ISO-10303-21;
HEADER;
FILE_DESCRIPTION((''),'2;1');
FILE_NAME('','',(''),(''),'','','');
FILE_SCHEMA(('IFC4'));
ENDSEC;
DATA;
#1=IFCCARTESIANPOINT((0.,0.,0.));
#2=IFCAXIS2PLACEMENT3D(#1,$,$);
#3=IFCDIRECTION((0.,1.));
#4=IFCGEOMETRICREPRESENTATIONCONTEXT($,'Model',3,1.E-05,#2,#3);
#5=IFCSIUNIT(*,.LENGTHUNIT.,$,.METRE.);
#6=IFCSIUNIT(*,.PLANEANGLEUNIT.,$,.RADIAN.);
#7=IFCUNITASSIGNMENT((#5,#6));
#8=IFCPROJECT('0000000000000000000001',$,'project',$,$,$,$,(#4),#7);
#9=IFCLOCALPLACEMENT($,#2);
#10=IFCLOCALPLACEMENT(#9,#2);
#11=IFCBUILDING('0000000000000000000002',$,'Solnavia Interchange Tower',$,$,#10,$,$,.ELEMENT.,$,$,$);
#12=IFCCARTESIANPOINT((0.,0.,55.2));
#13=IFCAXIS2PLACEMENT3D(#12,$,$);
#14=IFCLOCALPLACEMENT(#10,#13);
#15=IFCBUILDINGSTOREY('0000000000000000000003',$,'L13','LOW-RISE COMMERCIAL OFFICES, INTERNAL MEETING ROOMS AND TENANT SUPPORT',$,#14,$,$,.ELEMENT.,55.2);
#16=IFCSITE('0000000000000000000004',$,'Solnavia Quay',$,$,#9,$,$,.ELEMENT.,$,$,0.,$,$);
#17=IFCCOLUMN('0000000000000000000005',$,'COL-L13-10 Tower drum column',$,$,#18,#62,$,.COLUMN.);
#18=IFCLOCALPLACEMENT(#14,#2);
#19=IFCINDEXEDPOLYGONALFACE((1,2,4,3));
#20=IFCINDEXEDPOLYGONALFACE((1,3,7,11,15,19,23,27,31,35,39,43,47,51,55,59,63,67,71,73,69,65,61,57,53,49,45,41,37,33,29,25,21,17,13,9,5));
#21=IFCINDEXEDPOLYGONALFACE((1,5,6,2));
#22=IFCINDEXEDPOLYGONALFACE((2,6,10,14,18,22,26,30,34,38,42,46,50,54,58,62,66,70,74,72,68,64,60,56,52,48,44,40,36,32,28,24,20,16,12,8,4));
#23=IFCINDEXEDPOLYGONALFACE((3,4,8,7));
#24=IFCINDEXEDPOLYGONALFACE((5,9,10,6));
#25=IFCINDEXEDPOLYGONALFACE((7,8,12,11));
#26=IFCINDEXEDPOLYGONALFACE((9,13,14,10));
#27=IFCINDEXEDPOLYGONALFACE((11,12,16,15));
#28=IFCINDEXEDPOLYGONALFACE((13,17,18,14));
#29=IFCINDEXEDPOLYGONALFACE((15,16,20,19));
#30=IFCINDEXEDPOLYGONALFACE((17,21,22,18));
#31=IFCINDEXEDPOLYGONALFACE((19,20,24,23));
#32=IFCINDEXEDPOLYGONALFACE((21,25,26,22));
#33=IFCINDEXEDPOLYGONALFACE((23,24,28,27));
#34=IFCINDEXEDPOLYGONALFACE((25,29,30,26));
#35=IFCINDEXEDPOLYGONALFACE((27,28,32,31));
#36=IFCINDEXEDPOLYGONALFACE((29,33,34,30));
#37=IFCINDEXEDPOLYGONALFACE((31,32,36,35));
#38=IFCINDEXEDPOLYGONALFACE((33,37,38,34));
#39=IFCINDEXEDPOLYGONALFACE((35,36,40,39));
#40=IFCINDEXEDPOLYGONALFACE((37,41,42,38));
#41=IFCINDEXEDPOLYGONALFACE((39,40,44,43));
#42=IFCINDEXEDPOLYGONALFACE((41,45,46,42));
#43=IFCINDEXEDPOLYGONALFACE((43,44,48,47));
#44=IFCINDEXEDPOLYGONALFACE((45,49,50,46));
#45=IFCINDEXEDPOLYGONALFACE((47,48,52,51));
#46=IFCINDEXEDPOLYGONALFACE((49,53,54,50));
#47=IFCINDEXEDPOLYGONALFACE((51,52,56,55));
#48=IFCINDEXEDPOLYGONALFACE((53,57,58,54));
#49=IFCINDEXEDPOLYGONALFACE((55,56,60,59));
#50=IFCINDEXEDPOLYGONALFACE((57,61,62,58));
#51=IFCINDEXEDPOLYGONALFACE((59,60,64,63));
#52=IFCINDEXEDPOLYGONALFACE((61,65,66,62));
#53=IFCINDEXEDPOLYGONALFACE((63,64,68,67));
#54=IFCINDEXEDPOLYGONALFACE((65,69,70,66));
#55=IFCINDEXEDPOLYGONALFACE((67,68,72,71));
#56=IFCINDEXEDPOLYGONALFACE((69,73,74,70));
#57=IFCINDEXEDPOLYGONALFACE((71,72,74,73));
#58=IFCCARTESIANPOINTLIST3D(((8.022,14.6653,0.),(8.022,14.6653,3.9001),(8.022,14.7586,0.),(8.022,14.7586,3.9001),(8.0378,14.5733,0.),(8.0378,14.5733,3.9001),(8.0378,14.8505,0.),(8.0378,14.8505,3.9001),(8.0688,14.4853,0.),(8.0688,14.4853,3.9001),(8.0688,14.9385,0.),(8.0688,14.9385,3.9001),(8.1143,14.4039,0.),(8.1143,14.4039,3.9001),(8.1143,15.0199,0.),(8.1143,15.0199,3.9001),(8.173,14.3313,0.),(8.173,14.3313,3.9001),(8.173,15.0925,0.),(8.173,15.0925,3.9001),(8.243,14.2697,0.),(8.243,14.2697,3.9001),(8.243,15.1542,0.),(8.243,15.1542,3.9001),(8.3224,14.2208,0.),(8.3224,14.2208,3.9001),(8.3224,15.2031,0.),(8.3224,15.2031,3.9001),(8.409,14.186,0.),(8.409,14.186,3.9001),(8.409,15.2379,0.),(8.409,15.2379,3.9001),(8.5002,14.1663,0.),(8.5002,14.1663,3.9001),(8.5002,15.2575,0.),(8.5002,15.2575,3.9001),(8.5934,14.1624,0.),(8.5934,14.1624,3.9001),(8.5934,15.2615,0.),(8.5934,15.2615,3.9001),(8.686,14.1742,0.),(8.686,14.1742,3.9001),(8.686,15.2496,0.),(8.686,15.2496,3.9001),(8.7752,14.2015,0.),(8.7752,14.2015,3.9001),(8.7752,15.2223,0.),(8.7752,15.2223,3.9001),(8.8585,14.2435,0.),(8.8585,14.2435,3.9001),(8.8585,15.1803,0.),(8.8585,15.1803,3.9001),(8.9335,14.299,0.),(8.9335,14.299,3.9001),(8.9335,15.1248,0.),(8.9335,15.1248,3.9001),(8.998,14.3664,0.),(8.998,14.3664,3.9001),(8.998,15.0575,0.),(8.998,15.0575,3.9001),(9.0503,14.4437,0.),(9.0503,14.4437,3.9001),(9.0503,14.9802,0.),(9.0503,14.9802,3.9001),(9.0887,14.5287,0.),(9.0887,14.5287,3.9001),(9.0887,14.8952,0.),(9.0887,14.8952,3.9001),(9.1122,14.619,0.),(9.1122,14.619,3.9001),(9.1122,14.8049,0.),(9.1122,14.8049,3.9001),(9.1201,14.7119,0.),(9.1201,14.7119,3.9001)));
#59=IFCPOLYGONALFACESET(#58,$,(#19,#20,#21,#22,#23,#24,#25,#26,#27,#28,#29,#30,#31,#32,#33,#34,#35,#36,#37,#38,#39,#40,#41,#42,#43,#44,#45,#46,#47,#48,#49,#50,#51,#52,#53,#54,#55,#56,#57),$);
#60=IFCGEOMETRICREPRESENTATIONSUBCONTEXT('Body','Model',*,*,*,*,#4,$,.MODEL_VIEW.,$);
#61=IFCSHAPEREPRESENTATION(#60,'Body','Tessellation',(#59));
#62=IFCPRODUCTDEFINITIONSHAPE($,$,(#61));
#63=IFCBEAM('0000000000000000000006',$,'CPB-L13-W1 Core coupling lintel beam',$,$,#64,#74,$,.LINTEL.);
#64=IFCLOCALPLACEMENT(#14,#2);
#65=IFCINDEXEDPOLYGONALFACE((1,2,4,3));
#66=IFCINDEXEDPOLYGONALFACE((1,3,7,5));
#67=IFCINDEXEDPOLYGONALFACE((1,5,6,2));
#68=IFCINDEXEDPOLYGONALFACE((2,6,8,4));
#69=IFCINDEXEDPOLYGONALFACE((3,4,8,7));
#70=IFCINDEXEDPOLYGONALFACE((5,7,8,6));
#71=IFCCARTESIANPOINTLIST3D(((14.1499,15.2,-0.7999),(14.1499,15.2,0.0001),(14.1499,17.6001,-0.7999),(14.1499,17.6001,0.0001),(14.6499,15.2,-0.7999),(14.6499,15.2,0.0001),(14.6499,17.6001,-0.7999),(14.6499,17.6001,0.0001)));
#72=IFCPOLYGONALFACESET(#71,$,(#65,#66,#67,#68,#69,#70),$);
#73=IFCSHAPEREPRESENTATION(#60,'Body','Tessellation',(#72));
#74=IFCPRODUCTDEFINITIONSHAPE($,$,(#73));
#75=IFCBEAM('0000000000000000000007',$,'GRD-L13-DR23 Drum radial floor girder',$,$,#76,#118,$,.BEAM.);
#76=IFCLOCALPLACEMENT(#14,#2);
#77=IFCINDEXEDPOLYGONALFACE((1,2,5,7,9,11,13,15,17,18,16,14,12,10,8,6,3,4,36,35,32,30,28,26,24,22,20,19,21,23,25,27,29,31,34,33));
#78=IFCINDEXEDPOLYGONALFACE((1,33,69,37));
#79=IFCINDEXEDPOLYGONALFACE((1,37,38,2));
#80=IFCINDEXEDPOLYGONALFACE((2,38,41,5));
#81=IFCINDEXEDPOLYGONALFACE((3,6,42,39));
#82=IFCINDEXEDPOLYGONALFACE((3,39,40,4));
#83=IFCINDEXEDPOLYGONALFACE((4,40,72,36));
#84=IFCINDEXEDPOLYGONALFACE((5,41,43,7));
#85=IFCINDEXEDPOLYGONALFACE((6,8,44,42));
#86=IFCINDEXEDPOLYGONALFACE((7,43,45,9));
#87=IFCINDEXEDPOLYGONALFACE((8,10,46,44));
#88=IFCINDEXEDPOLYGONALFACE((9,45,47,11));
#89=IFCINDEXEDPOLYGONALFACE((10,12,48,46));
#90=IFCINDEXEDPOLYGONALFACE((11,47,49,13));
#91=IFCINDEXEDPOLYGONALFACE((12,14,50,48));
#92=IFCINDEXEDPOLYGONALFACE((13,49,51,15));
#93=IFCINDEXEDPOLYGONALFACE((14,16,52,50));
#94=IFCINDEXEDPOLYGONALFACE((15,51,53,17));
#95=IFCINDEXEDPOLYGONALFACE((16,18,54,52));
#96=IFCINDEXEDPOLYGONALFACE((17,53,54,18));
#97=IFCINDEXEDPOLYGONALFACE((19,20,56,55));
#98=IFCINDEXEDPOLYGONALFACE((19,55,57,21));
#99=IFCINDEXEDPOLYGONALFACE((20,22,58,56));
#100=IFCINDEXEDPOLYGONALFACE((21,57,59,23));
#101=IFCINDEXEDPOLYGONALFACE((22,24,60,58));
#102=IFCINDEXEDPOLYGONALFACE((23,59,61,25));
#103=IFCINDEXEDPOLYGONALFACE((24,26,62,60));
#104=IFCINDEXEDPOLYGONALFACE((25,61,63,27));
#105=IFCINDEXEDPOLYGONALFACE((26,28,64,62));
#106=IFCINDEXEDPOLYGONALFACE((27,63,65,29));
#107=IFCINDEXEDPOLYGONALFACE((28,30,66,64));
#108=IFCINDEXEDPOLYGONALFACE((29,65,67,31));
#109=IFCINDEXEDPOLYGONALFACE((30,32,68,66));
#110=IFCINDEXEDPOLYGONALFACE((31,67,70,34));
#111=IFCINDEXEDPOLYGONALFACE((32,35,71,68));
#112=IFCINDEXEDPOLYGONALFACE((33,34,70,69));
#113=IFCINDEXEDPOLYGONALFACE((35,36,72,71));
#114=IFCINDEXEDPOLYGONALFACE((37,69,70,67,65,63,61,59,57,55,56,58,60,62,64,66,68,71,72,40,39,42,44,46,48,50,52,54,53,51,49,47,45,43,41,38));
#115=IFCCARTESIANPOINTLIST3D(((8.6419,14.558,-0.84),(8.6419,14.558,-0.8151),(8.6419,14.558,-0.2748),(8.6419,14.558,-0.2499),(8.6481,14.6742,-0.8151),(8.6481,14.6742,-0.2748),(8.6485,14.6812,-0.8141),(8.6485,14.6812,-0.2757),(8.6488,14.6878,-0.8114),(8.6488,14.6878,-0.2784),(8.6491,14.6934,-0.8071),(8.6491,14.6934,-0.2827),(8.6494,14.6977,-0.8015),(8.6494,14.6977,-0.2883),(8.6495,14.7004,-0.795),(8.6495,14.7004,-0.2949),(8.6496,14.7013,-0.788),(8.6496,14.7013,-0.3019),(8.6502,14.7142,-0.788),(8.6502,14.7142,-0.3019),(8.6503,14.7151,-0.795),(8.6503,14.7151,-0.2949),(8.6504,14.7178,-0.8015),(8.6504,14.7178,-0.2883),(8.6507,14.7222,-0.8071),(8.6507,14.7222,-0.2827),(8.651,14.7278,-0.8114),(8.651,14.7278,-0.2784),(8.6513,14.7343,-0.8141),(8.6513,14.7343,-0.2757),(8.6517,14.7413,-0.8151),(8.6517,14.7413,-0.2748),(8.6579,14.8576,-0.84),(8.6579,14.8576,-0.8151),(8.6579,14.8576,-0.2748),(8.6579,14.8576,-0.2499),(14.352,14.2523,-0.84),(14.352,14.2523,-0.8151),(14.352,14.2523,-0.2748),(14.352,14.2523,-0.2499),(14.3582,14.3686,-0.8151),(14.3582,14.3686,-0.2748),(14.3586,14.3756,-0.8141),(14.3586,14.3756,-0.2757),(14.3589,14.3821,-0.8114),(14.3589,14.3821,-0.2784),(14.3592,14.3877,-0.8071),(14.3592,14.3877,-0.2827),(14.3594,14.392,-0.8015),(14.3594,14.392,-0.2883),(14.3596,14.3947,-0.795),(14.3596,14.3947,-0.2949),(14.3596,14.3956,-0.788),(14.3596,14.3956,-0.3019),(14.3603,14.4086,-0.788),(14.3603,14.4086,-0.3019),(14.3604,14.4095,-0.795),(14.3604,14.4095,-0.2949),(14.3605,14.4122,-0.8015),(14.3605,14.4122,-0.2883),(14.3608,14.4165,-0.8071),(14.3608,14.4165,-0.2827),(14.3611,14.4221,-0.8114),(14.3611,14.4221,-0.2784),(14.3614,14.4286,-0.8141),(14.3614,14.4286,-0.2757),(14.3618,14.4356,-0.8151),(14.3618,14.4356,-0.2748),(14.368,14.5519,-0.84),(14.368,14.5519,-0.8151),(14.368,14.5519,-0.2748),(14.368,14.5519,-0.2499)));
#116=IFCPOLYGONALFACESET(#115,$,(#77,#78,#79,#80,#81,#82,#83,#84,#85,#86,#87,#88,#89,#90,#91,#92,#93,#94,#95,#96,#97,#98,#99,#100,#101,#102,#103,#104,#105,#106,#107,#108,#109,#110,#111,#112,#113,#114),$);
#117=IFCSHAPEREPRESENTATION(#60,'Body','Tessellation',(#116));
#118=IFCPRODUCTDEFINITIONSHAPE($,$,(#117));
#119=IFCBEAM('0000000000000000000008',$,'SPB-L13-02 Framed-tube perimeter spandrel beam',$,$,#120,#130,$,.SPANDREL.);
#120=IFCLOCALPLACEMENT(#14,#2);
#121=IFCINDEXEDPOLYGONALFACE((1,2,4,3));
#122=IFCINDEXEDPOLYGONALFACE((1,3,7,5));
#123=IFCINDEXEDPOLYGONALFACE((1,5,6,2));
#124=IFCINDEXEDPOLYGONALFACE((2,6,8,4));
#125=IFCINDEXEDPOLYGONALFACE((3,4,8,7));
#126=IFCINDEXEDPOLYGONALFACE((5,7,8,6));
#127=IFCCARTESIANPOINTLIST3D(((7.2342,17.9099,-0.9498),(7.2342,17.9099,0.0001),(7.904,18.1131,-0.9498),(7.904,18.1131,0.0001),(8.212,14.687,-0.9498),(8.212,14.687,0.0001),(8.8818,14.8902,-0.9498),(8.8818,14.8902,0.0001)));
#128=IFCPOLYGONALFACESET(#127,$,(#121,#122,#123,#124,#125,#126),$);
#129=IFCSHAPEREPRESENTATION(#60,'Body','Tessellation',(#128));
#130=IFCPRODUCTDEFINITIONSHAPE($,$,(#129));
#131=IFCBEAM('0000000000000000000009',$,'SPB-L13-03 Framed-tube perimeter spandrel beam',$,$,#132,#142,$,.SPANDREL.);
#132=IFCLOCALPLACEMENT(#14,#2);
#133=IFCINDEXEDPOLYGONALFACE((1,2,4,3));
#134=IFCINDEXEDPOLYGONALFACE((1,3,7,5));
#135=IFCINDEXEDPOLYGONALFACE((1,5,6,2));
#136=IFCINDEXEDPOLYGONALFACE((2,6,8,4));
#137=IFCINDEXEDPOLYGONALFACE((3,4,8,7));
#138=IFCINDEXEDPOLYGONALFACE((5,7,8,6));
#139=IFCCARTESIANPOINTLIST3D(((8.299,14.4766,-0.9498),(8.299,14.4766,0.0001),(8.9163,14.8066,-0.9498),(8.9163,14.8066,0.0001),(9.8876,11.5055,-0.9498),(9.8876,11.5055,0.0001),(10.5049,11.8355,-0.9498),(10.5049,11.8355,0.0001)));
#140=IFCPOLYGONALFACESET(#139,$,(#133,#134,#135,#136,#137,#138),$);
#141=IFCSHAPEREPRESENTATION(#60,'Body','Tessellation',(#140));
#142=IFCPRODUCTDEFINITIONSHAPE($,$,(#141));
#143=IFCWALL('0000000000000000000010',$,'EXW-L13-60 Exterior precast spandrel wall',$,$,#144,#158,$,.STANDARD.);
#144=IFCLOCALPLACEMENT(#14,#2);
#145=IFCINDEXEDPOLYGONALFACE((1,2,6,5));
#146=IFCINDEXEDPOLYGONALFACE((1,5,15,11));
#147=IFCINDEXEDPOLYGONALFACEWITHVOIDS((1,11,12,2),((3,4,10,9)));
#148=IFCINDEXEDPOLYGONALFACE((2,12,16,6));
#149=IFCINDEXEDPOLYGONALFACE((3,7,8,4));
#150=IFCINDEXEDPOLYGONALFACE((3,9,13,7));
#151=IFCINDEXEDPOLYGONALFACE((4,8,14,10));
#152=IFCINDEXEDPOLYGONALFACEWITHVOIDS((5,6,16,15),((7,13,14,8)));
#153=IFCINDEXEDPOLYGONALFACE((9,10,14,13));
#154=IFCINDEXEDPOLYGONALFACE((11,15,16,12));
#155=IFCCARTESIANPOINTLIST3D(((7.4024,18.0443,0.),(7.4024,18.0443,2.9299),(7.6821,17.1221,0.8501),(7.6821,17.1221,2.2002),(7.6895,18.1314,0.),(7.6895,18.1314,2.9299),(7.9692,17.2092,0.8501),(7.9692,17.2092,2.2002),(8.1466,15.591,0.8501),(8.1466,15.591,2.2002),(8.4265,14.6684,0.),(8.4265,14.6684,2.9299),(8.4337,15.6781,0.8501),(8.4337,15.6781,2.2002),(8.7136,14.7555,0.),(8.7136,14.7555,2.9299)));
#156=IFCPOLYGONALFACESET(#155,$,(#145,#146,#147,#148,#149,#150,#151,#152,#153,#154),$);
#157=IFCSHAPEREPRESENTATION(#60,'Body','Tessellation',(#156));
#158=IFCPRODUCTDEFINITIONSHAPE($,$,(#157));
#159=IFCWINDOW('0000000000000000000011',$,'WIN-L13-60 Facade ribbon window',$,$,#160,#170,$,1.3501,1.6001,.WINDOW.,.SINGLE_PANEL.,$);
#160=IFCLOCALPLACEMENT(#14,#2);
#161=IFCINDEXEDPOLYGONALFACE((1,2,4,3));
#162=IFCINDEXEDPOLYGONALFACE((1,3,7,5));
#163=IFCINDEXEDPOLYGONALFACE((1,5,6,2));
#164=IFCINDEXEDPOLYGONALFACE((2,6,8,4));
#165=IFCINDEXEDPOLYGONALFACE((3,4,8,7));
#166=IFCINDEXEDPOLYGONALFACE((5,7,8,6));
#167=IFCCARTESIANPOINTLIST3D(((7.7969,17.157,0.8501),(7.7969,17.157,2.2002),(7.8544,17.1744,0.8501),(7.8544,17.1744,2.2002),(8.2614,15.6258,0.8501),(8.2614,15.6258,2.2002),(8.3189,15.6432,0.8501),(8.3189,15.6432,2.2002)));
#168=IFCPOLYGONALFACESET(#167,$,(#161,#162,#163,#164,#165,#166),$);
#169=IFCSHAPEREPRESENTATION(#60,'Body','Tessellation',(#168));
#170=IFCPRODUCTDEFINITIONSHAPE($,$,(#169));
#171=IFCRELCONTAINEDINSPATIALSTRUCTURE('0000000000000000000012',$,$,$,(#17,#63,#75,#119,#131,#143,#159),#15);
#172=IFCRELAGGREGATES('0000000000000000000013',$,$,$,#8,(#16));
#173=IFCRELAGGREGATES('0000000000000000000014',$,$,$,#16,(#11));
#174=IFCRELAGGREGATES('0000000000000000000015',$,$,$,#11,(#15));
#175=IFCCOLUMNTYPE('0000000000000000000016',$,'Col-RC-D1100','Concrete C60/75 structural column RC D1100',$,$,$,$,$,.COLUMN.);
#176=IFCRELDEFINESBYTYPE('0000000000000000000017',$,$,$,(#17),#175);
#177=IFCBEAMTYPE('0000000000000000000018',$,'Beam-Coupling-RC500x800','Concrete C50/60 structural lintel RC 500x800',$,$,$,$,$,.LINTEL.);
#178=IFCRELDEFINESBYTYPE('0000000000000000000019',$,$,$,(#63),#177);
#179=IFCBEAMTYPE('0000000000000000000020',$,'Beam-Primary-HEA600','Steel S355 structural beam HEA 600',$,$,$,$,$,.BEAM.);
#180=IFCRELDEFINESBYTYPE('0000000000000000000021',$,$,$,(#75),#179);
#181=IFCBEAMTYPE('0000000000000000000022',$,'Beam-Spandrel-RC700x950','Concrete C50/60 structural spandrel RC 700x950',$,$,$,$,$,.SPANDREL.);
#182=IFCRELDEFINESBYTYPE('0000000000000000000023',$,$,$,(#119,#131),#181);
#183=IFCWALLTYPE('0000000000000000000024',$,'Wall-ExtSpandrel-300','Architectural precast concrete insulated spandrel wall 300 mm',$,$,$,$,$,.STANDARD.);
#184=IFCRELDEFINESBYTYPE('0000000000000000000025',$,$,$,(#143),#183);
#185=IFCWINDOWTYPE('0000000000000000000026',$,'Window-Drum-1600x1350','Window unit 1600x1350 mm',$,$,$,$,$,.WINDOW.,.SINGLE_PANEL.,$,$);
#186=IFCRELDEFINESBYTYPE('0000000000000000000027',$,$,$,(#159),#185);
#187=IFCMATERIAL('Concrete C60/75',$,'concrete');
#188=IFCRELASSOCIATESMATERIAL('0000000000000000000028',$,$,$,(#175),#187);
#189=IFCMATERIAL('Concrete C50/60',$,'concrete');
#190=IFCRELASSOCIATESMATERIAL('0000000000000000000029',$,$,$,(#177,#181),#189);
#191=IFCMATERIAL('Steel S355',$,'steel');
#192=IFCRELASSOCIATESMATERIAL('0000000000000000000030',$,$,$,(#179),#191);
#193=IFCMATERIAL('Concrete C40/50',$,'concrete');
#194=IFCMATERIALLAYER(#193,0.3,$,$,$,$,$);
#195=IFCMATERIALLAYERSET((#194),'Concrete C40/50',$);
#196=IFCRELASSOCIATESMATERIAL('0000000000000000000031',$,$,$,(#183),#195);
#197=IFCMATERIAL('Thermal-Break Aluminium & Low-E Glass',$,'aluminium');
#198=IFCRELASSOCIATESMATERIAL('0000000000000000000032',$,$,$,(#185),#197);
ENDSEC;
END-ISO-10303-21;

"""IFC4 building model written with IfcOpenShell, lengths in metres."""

from ifc_helpers import new_model, si_unit, direction, frame, frame_2d, origin, origin_2d, place, context, subcontext, project, spatial, rectangle, circle, i_section, extrude, material, layer, layer_set, material_profile, profile_set, type_object, element, fill, save


model = new_model("IFC4")

# Units and contexts
model_context = context("Model", 3, precision=1e-05, world=origin(), true_north=direction((0.0, 1.0)))
body_context = subcontext(model_context, "Body", "Model", "MODEL_VIEW")
ifc_project = project(units=[si_unit("LENGTHUNIT", "METRE"), si_unit("PLANEANGLEUNIT", "RADIAN")], contexts=[model_context])

# Site, building, storey
site_placement = place(None, origin())
site = spatial("IfcSite", under=ifc_project, at=site_placement, Name="Solnavia Quay", CompositionType="ELEMENT", RefElevation=0.0)
building_placement = place(site_placement, origin())
building = spatial("IfcBuilding", under=site, at=building_placement, Name="Solnavia Interchange Tower", CompositionType="ELEMENT")
storey_placement = place(building_placement, frame((0.0, 0.0, 55.2)))
storey = spatial("IfcBuildingStorey", under=building, at=storey_placement, Name="L13", Description="LOW-RISE COMMERCIAL OFFICES, INTERNAL MEETING ROOMS AND TENANT SUPPORT", CompositionType="ELEMENT", Elevation=55.2)

# Column
ifc_material_1 = material(Name="Concrete C60/75", Category="concrete")
ifc_material_profile_1 = material_profile(ifc_material_1, circle(Radius=0.55, at=origin_2d()), Name="RC D1100")
ifc_profile_set_1 = profile_set([ifc_material_profile_1], Name="Concrete C60/75")
column_type = type_object("IfcColumnType", Name="Col-RC-D1100", Description="Concrete C60/75 structural column RC D1100", PredefinedType="COLUMN", material=ifc_profile_set_1)
column_placement = place(storey_placement, frame((8.5701, 14.7119, 0.0), z_axis=(0.0, 0.0, 1.0), x_axis=(1.0, 0.0, 0.0)))
element("IfcColumn", 1, at=column_placement, inside=storey, type_object=column_type, Name="COL-L13-10 Tower drum column", PredefinedType="COLUMN", context=body_context, shape_type="SweptSolid", body=[
    extrude(circle(Radius=0.55, at=origin_2d()), origin(), (0.0, 0.0, 1.0), 3.9001),
])

# Beams
ifc_material_2 = material(Name="Concrete C50/60", Category="concrete")
ifc_material_profile_2 = material_profile(ifc_material_2, rectangle(XDim=0.5, YDim=0.8, at=origin_2d()), Name="RC 500x800")
ifc_profile_set_2 = profile_set([ifc_material_profile_2], Name="Concrete C50/60")
beam_type_1 = type_object("IfcBeamType", Name="Beam-Coupling-RC500x800", Description="Concrete C50/60 structural lintel RC 500x800", PredefinedType="LINTEL", material=ifc_profile_set_2)
beam_1_placement = place(storey_placement, frame((14.3999, 15.2, -0.3999), z_axis=(0.0, 1.0, 0.0), x_axis=(-1.0, 0.0, 0.0)))
element("IfcBeam", 2, at=beam_1_placement, inside=storey, type_object=beam_type_1, Name="CPB-L13-W1 Core coupling lintel beam", PredefinedType="LINTEL", context=body_context, shape_type="SweptSolid", body=[
    extrude(rectangle(XDim=0.5, YDim=0.8, at=origin_2d()), origin(), (0.0, 0.0, 1.0), 2.4001),
])
ifc_material_3 = material(Name="Steel S355", Category="steel")
ifc_material_profile_3 = material_profile(ifc_material_3, i_section(OverallWidth=0.3, OverallDepth=0.5901, WebThickness=0.0129, FlangeThickness=0.0249, FilletRadius=0.0271, at=origin_2d()), Name="HEA 600")
ifc_profile_set_3 = profile_set([ifc_material_profile_3], Name="Steel S355")
beam_type_2 = type_object("IfcBeamType", Name="Beam-Primary-HEA600", Description="Steel S355 structural beam HEA 600", PredefinedType="BEAM", material=ifc_profile_set_3)
beam_2_placement = place(storey_placement, frame((8.6499, 14.7078, -0.5449), z_axis=(0.99857, -0.053453, 0.0), x_axis=(0.053453, 0.99857, 0.0)))
element("IfcBeam", 3, at=beam_2_placement, inside=storey, type_object=beam_type_2, Name="GRD-L13-DR23 Drum radial floor girder", PredefinedType="BEAM", context=body_context, shape_type="SweptSolid", body=[
    extrude(i_section(OverallWidth=0.3, OverallDepth=0.5901, WebThickness=0.0129, FlangeThickness=0.0249, FilletRadius=0.0271, at=origin_2d()), origin(), (0.0, 0.0, 1.0), 5.7183),
])
ifc_material_profile_4 = material_profile(ifc_material_2, rectangle(XDim=0.7, YDim=0.95, at=origin_2d()), Name="RC 700x950")
ifc_profile_set_4 = profile_set([ifc_material_profile_4], Name="Concrete C50/60")
beam_type_3 = type_object("IfcBeamType", Name="Beam-Spandrel-RC700x950", Description="Concrete C50/60 structural spandrel RC 700x950", PredefinedType="SPANDREL", material=ifc_profile_set_4)
beam_3_placement = place(storey_placement, frame((7.5691, 18.0115, -0.4749), z_axis=(0.290319, -0.95693, 0.0), x_axis=(0.95693, 0.290319, 0.0)))
element("IfcBeam", 4, at=beam_3_placement, inside=storey, type_object=beam_type_3, Name="SPB-L13-02 Framed-tube perimeter spandrel beam", PredefinedType="SPANDREL", context=body_context, shape_type="SweptSolid", body=[
    extrude(rectangle(XDim=0.7, YDim=0.95, at=origin_2d()), origin(), (0.0, 0.0, 1.0), 3.3679),
])
beam_4_placement = place(storey_placement, frame((8.6077, 14.6416, -0.4749), z_axis=(0.471509, -0.881861, 0.0), x_axis=(0.881861, 0.471509, 0.0)))
element("IfcBeam", 5, at=beam_4_placement, inside=storey, type_object=beam_type_3, Name="SPB-L13-03 Framed-tube perimeter spandrel beam", PredefinedType="SPANDREL", context=body_context, shape_type="SweptSolid", body=[
    extrude(rectangle(XDim=0.7, YDim=0.95, at=origin_2d()), origin(), (0.0, 0.0, 1.0), 3.3691),
])

# Wall, opening, window
ifc_material_4 = material(Name="Concrete C40/50", Category="concrete")
ifc_layer_1 = layer(ifc_material_4, 0.3)
ifc_layer_set_1 = layer_set([ifc_layer_1], Name="Concrete C40/50")
wall_type_1 = type_object("IfcWallType", Name="Wall-ExtSpandrel-300", Description="Architectural precast concrete insulated spandrel wall 300 mm", PredefinedType="STANDARD", material=ifc_layer_set_1)
wall_1_placement = place(storey_placement, frame((8.5701, 14.7119, 0.0), z_axis=(0.0, 0.0, 1.0), x_axis=(-0.290305, 0.956934, 0.0)))
wall_1 = element("IfcWall", 6, at=wall_1_placement, inside=storey, type_object=wall_type_1, Name="EXW-L13-60 Exterior precast spandrel wall", PredefinedType="STANDARD", context=body_context, shape_type="SweptSolid", body=[
    extrude(rectangle(XDim=3.5278, YDim=0.3, at=frame_2d((1.7639, 0.0))), origin(), (0.0, 0.0, 1.0), 2.9299),
])
opening_1_placement = place(wall_1_placement, frame((0.9641, 0.0, 0.8501)))
opening_1 = element("IfcOpeningElement", 7, at=opening_1_placement, cuts=wall_1, PredefinedType="OPENING", context=body_context, shape_type="SweptSolid", body=[
    extrude(rectangle(XDim=1.6001, YDim=1.3501, at=frame_2d((0.8, 0.675))), frame((0.0, 0.1602, 0.0), z_axis=(0.0, -1.0, 0.0), x_axis=(1.0, 0.0, 0.0)), (0.0, 0.0, 1.0), 0.3201),
])
ifc_material_5 = material(Name="Thermal-Break Aluminium & Low-E Glass", Category="aluminium")
window_type = type_object("IfcWindowType", Name="Window-Drum-1600x1350", Description="Window unit 1600x1350 mm", PartitioningType="SINGLE_PANEL", PredefinedType="WINDOW", material=ifc_material_5)
window_placement = place(opening_1_placement, origin())
window = element("IfcWindow", 8, at=window_placement, inside=storey, type_object=window_type, Name="WIN-L13-60 Facade ribbon window", OverallHeight=1.3501, OverallWidth=1.6001, PartitioningType="SINGLE_PANEL", PredefinedType="WINDOW", context=body_context, shape_type="SweptSolid", body=[
    extrude(rectangle(XDim=1.6001, YDim=1.3501, at=frame_2d((0.8, 0.675))), frame((0.0, 0.03, 0.0), z_axis=(0.0, -1.0, 0.0), x_axis=(1.0, 0.0, 0.0)), (0.0, 0.0, 1.0), 0.0601),
])
fill(opening_1, window)

save(model, "model.ifc")
